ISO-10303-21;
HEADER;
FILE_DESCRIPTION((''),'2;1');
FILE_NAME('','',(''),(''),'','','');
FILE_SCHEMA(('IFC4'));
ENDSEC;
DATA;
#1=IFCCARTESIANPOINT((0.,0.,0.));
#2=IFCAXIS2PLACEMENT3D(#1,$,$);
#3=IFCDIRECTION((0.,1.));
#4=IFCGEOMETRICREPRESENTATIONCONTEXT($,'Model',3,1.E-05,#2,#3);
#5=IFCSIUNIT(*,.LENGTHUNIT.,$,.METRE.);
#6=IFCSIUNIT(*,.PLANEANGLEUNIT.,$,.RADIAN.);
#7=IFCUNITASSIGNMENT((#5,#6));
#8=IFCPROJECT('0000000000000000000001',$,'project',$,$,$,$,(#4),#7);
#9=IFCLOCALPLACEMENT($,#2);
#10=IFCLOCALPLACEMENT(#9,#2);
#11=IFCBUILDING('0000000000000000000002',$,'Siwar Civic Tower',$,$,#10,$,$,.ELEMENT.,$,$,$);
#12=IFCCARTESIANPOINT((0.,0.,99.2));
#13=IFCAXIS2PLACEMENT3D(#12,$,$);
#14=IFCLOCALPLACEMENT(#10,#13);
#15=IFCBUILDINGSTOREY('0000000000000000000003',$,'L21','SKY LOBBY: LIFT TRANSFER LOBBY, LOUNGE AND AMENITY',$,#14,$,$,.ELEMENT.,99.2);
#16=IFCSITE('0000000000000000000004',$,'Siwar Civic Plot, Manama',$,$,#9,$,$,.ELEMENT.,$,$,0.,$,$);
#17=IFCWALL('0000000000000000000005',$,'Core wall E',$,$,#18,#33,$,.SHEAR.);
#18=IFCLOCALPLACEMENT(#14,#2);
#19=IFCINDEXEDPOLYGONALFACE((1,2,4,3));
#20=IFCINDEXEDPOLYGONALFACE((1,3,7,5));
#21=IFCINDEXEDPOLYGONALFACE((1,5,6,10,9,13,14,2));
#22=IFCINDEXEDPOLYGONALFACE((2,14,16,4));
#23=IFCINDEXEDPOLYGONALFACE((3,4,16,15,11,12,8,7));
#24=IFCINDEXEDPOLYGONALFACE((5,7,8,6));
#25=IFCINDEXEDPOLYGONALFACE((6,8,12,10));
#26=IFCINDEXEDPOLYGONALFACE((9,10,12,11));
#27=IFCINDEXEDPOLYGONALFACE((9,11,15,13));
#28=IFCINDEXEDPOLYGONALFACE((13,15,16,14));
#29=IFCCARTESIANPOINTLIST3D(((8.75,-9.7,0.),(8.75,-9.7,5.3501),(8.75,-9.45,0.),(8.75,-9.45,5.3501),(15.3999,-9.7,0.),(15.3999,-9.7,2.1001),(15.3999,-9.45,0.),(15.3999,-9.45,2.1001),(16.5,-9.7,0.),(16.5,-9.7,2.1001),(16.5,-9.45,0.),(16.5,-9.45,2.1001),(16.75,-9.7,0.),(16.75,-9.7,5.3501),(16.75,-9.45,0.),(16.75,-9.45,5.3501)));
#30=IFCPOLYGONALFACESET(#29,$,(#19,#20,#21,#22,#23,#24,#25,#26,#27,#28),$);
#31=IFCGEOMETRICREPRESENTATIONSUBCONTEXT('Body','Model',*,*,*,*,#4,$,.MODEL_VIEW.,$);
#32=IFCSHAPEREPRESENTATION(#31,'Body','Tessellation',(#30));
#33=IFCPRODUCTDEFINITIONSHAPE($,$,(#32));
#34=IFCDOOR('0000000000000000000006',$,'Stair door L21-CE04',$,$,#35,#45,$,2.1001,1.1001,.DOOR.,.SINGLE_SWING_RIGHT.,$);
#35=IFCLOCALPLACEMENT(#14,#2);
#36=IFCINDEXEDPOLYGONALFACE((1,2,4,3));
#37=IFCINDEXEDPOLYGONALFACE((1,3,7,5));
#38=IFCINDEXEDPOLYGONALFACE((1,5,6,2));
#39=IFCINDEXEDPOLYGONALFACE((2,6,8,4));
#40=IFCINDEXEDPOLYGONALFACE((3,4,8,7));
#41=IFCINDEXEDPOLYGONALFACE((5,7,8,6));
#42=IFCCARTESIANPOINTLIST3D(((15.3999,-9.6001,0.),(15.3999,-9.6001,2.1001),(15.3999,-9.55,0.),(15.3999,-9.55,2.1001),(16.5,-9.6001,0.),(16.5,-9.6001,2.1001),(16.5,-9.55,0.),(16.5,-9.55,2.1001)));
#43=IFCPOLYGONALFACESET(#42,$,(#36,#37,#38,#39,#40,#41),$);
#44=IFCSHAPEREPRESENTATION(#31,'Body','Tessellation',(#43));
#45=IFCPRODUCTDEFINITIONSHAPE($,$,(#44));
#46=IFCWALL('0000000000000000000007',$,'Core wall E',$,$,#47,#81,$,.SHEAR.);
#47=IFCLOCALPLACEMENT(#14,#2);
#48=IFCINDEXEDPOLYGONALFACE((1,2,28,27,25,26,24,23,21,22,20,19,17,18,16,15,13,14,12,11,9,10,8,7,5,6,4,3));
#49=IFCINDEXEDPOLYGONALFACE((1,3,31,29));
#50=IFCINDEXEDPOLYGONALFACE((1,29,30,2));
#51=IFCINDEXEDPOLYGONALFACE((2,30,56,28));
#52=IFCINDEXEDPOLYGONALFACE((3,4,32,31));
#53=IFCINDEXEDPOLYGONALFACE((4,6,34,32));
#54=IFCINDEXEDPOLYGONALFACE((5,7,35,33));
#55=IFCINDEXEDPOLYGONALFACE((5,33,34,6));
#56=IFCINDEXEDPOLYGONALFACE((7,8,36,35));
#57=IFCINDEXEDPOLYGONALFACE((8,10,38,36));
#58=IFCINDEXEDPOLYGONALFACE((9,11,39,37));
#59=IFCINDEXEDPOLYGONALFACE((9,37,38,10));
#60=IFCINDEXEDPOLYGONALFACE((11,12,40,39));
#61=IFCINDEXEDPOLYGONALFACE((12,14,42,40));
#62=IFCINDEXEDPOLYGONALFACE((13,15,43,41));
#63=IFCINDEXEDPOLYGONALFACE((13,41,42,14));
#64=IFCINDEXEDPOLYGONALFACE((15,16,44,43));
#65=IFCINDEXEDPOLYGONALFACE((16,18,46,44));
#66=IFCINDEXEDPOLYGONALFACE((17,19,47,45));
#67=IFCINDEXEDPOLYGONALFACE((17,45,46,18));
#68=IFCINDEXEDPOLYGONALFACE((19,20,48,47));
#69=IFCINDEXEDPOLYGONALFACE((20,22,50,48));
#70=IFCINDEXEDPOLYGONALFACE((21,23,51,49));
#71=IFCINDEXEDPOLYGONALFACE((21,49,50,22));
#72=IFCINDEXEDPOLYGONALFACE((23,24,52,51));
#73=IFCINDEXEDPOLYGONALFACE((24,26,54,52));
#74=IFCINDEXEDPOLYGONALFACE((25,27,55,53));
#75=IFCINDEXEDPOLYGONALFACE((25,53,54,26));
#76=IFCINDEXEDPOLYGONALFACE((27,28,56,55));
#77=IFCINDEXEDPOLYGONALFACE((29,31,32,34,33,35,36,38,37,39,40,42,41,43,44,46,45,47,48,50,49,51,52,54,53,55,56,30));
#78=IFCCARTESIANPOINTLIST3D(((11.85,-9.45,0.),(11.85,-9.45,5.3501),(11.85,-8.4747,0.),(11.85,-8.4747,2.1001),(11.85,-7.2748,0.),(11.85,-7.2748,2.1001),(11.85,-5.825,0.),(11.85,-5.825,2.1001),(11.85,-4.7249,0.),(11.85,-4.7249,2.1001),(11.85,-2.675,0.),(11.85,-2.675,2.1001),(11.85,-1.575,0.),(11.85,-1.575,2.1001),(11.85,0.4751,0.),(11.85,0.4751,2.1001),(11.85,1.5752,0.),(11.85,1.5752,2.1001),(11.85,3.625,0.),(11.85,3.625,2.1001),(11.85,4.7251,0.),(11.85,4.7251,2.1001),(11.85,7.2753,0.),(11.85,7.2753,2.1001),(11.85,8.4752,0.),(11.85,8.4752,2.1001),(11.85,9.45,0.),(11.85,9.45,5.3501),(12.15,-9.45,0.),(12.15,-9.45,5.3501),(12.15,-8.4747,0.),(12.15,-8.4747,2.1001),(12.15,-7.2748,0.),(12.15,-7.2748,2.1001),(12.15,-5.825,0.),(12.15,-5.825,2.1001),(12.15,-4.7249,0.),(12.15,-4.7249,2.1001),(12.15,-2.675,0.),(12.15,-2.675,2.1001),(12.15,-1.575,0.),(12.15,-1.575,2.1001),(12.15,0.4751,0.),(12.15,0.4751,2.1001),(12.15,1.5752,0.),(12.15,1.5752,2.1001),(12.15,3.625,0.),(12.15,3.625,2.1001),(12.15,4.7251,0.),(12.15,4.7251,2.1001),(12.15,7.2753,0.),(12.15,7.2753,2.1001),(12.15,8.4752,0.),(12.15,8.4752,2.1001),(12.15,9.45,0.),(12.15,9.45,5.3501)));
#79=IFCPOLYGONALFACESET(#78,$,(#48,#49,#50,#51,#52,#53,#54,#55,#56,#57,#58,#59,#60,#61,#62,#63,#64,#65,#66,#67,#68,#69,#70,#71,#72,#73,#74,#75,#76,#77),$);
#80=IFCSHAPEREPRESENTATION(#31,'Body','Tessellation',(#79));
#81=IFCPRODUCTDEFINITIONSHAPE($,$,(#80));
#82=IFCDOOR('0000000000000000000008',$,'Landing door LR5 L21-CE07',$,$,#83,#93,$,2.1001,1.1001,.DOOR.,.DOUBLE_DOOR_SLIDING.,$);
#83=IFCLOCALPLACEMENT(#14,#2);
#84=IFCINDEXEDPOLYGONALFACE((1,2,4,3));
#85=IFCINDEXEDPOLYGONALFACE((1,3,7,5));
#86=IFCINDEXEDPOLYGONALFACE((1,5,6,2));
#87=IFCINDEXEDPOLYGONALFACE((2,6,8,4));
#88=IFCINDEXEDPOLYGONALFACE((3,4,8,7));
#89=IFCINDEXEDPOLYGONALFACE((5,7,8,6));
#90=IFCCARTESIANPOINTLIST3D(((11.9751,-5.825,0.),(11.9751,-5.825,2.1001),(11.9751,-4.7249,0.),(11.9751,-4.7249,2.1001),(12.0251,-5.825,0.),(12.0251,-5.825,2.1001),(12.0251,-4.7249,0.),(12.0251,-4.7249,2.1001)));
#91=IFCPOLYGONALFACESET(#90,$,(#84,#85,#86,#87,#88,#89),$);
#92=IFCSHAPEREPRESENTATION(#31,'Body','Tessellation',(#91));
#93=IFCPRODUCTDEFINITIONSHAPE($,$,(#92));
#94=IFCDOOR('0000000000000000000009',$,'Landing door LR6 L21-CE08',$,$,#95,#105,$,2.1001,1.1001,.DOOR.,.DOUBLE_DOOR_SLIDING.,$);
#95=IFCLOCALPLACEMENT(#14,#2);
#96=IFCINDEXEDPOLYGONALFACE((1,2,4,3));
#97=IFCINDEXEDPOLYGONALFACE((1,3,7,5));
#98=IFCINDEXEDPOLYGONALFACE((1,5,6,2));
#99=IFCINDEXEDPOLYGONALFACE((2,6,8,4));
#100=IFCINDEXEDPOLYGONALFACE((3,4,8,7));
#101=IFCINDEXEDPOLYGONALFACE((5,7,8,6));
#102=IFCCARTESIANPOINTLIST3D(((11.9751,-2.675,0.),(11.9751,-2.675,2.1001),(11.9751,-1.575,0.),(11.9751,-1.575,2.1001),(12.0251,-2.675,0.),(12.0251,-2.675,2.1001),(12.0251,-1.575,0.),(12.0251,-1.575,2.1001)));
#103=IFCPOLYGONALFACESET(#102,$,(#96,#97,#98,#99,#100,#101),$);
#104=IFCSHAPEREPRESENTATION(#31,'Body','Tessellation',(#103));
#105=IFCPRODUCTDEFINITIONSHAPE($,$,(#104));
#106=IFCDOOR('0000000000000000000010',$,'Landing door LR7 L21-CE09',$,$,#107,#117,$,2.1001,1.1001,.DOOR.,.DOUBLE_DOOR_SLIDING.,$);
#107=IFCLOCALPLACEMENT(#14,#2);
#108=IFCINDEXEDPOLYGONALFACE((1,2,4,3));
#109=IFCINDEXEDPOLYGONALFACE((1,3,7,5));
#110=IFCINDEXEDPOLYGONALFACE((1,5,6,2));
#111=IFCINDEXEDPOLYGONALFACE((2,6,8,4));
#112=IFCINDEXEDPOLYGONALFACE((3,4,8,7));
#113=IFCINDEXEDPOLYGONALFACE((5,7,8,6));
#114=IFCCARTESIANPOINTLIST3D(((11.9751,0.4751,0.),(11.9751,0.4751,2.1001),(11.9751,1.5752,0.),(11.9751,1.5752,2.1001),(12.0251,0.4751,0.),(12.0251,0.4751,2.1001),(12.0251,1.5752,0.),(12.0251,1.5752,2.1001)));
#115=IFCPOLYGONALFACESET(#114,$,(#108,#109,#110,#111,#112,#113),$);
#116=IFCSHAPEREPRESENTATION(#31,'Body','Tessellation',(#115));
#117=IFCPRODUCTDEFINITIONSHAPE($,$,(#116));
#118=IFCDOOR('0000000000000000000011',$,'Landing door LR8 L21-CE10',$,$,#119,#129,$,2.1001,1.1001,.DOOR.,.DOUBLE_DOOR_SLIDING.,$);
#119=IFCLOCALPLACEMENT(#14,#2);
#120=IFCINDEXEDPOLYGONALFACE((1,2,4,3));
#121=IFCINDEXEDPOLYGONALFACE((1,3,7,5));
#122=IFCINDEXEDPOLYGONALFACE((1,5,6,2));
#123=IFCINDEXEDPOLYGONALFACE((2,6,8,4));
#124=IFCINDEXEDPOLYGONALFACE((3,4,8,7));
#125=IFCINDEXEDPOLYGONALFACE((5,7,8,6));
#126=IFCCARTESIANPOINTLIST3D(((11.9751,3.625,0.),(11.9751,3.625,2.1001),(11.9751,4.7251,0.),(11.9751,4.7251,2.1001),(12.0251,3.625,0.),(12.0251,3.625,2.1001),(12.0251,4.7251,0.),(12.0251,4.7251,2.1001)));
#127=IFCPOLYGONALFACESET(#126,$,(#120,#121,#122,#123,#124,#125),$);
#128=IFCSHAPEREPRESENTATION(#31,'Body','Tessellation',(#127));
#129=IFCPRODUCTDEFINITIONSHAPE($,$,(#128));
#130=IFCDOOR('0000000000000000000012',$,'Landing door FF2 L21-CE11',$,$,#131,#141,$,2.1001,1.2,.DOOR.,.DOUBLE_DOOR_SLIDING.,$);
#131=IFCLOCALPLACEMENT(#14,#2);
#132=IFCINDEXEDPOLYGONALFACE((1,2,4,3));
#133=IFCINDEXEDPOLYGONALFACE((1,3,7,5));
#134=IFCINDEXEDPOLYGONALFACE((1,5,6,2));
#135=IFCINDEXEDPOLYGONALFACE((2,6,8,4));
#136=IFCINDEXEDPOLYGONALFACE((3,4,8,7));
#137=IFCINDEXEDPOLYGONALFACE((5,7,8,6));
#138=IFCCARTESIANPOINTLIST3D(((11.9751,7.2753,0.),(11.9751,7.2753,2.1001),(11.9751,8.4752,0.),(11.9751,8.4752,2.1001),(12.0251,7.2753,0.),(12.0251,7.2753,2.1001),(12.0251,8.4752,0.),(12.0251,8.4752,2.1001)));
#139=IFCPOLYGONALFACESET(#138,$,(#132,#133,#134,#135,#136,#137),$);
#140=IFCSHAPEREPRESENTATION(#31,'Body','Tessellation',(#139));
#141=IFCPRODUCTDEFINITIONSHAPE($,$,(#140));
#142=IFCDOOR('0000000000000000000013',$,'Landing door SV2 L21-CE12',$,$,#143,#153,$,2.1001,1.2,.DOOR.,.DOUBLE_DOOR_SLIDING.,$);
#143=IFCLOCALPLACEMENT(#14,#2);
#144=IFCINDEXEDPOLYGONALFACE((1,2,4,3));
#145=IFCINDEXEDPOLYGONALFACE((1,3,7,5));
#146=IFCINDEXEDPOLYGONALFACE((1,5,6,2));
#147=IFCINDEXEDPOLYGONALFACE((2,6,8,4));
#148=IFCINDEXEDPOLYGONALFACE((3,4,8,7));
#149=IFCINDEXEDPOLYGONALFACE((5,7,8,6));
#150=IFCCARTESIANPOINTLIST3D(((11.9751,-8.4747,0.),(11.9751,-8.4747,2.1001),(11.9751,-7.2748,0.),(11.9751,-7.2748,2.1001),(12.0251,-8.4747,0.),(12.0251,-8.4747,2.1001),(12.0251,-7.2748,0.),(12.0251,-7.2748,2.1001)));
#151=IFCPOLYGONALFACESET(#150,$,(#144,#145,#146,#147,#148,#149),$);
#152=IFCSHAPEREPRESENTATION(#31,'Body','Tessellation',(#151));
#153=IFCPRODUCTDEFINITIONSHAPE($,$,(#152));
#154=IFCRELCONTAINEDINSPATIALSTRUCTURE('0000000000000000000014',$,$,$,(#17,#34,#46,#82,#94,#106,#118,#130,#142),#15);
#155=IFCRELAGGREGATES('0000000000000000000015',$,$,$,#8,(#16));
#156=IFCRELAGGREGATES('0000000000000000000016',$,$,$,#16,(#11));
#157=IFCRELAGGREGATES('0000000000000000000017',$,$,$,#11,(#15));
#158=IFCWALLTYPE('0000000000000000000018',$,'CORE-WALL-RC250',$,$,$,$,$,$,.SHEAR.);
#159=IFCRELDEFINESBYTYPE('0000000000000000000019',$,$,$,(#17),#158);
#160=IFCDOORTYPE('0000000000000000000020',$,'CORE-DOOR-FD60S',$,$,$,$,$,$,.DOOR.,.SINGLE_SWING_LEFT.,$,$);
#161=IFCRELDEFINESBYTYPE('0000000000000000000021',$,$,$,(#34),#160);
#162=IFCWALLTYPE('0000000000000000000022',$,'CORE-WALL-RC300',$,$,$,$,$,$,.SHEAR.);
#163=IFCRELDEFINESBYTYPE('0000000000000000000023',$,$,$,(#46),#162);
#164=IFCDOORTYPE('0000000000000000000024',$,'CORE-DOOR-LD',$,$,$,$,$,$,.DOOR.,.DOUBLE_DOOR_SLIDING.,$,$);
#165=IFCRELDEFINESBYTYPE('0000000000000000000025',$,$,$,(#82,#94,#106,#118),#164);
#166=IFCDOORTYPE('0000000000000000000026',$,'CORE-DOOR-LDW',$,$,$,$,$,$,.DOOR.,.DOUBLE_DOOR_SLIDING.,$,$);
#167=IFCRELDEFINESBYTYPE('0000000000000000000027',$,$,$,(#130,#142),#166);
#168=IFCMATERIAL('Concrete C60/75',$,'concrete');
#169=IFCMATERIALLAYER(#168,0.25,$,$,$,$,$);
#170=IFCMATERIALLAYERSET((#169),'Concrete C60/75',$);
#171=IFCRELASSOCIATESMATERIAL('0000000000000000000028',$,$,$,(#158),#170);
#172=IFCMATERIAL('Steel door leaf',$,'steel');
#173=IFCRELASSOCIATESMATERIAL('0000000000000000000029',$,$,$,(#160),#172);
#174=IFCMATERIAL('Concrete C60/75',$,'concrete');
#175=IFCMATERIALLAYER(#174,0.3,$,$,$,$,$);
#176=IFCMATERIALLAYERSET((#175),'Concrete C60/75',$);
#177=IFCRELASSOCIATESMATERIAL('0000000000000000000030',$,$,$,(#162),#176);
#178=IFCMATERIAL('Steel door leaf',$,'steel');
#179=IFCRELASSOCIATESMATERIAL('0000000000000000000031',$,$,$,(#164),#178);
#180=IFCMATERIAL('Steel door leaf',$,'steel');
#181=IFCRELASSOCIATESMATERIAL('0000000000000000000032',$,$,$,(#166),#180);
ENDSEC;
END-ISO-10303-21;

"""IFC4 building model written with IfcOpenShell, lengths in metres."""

from ifc_helpers import new_model, si_unit, direction, frame, frame_2d, origin, place, context, subcontext, project, spatial, rectangle, extrude, material, layer, layer_set, type_object, element, fill, save


model = new_model("IFC4")

# Units and contexts
model_context = context("Model", 3, precision=1e-05, world=origin(), true_north=direction((0.0, 1.0)))
body_context = subcontext(model_context, "Body", "Model", "MODEL_VIEW")
ifc_project = project(units=[si_unit("LENGTHUNIT", "METRE"), si_unit("PLANEANGLEUNIT", "RADIAN")], contexts=[model_context])

# Site, building, storey
site_placement = place(None, origin())
site = spatial("IfcSite", under=ifc_project, at=site_placement, Name="Siwar Civic Plot, Manama", CompositionType="ELEMENT", RefElevation=0.0)
building_placement = place(site_placement, origin())
building = spatial("IfcBuilding", under=site, at=building_placement, Name="Siwar Civic Tower", CompositionType="ELEMENT")
storey_placement = place(building_placement, frame((0.0, 0.0, 99.2)))
storey = spatial("IfcBuildingStorey", under=building, at=storey_placement, Name="L21", Description="SKY LOBBY: LIFT TRANSFER LOBBY, LOUNGE AND AMENITY", CompositionType="ELEMENT", Elevation=99.2)

# Shared definitions
ifc_material_1 = material(Name="Concrete C60/75", Category="concrete")
ifc_layer_1 = layer(ifc_material_1, 0.25)
ifc_layer_set_1 = layer_set([ifc_layer_1], Name="Concrete C60/75")
wall_type_1 = type_object("IfcWallType", Name="CORE-WALL-RC250", PredefinedType="SHEAR", material=ifc_layer_set_1)

# Wall, opening, door
wall_1_placement = place(storey_placement, frame((8.75, -9.575, 0.0), z_axis=(0.0, 0.0, 1.0), x_axis=(1.0, 0.0, 0.0)))
wall_1 = element("IfcWall", 1, at=wall_1_placement, inside=storey, type_object=wall_type_1, Name="Core wall E", PredefinedType="SHEAR", context=body_context, shape_type="SweptSolid", body=[
    extrude(rectangle(XDim=8.0, YDim=0.25, at=frame_2d((4.0, 0.0))), origin(), (0.0, 0.0, 1.0), 5.3501),
])
opening_1_placement = place(wall_1_placement, frame((6.6499, 0.0, 0.0)))
opening_1 = element("IfcOpeningElement", 2, at=opening_1_placement, cuts=wall_1, PredefinedType="OPENING", context=body_context, shape_type="SweptSolid", body=[
    extrude(rectangle(XDim=1.1001, YDim=2.1001, at=frame_2d((0.55, 1.05))), frame((0.0, 0.135, 0.0), z_axis=(0.0, -1.0, 0.0), x_axis=(1.0, 0.0, 0.0)), (0.0, 0.0, 1.0), 0.27),
])
ifc_material_2 = material(Name="Steel door leaf", Category="steel")
door_type_1 = type_object("IfcDoorType", Name="CORE-DOOR-FD60S", OperationType="SINGLE_SWING_LEFT", PredefinedType="DOOR", material=ifc_material_2)
door_1_placement = place(opening_1_placement, origin())
door_1 = element("IfcDoor", 3, at=door_1_placement, inside=storey, type_object=door_type_1, Name="Stair door L21-CE04", OperationType="SINGLE_SWING_RIGHT", OverallHeight=2.1001, OverallWidth=1.1001, PredefinedType="DOOR", context=body_context, shape_type="SweptSolid", body=[
    extrude(rectangle(XDim=1.1001, YDim=2.1001, at=frame_2d((0.55, 1.05))), frame((0.0, 0.0249, 0.0), z_axis=(0.0, -1.0, 0.0), x_axis=(1.0, 0.0, 0.0)), (0.0, 0.0, 1.0), 0.05),
])
fill(opening_1, door_1)

# Wall, openings, doors
ifc_material_3 = material(Name="Concrete C60/75", Category="concrete")
ifc_layer_2 = layer(ifc_material_3, 0.3)
ifc_layer_set_2 = layer_set([ifc_layer_2], Name="Concrete C60/75")
wall_type_2 = type_object("IfcWallType", Name="CORE-WALL-RC300", PredefinedType="SHEAR", material=ifc_layer_set_2)
wall_2_placement = place(storey_placement, frame((12.0, -9.45, 0.0), z_axis=(0.0, 0.0, 1.0), x_axis=(0.0, 1.0, 0.0)))
wall_2 = element("IfcWall", 4, at=wall_2_placement, inside=storey, type_object=wall_type_2, Name="Core wall E", PredefinedType="SHEAR", context=body_context, shape_type="SweptSolid", body=[
    extrude(rectangle(XDim=18.8999, YDim=0.3, at=frame_2d((9.45, 0.0))), origin(), (0.0, 0.0, 1.0), 5.3501),
])
opening_2_placement = place(wall_2_placement, frame((3.625, 0.0, 0.0)))
opening_2 = element("IfcOpeningElement", 5, at=opening_2_placement, cuts=wall_2, PredefinedType="OPENING", context=body_context, shape_type="SweptSolid", body=[
    extrude(rectangle(XDim=1.1001, YDim=2.1001, at=frame_2d((0.55, 1.05))), frame((0.0, 0.1602, 0.0), z_axis=(0.0, -1.0, 0.0), x_axis=(1.0, 0.0, 0.0)), (0.0, 0.0, 1.0), 0.3201),
])
opening_3_placement = place(wall_2_placement, frame((6.7749, 0.0, 0.0)))
opening_3 = element("IfcOpeningElement", 6, at=opening_3_placement, cuts=wall_2, PredefinedType="OPENING", context=body_context, shape_type="SweptSolid", body=[
    extrude(rectangle(XDim=1.1001, YDim=2.1001, at=frame_2d((0.55, 1.05))), frame((0.0, 0.1602, 0.0), z_axis=(0.0, -1.0, 0.0), x_axis=(1.0, 0.0, 0.0)), (0.0, 0.0, 1.0), 0.3201),
])
opening_4_placement = place(wall_2_placement, frame((9.925, 0.0, 0.0)))
opening_4 = element("IfcOpeningElement", 7, at=opening_4_placement, cuts=wall_2, PredefinedType="OPENING", context=body_context, shape_type="SweptSolid", body=[
    extrude(rectangle(XDim=1.1001, YDim=2.1001, at=frame_2d((0.55, 1.05))), frame((0.0, 0.1602, 0.0), z_axis=(0.0, -1.0, 0.0), x_axis=(1.0, 0.0, 0.0)), (0.0, 0.0, 1.0), 0.3201),
])
opening_5_placement = place(wall_2_placement, frame((13.075, 0.0, 0.0)))
opening_5 = element("IfcOpeningElement", 8, at=opening_5_placement, cuts=wall_2, PredefinedType="OPENING", context=body_context, shape_type="SweptSolid", body=[
    extrude(rectangle(XDim=1.1001, YDim=2.1001, at=frame_2d((0.55, 1.05))), frame((0.0, 0.1602, 0.0), z_axis=(0.0, -1.0, 0.0), x_axis=(1.0, 0.0, 0.0)), (0.0, 0.0, 1.0), 0.3201),
])
opening_6_placement = place(wall_2_placement, frame((16.7251, 0.0, 0.0)))
opening_6 = element("IfcOpeningElement", 9, at=opening_6_placement, cuts=wall_2, PredefinedType="OPENING", context=body_context, shape_type="SweptSolid", body=[
    extrude(rectangle(XDim=1.2, YDim=2.1001, at=frame_2d((0.6001, 1.05))), frame((0.0, 0.1602, 0.0), z_axis=(0.0, -1.0, 0.0), x_axis=(1.0, 0.0, 0.0)), (0.0, 0.0, 1.0), 0.3201),
])
opening_7_placement = place(wall_2_placement, frame((0.9751, 0.0, 0.0)))
opening_7 = element("IfcOpeningElement", 10, at=opening_7_placement, cuts=wall_2, PredefinedType="OPENING", context=body_context, shape_type="SweptSolid", body=[
    extrude(rectangle(XDim=1.2, YDim=2.1001, at=frame_2d((0.6001, 1.05))), frame((0.0, 0.1602, 0.0), z_axis=(0.0, -1.0, 0.0), x_axis=(1.0, 0.0, 0.0)), (0.0, 0.0, 1.0), 0.3201),
])
ifc_material_4 = material(Name="Steel door leaf", Category="steel")
door_type_2 = type_object("IfcDoorType", Name="CORE-DOOR-LD", OperationType="DOUBLE_DOOR_SLIDING", PredefinedType="DOOR", material=ifc_material_4)
door_2_placement = place(opening_2_placement, origin())
door_2 = element("IfcDoor", 11, at=door_2_placement, inside=storey, type_object=door_type_2, Name="Landing door LR5 L21-CE07", OperationType="DOUBLE_DOOR_SLIDING", OverallHeight=2.1001, OverallWidth=1.1001, PredefinedType="DOOR", context=body_context, shape_type="SweptSolid", body=[
    extrude(rectangle(XDim=1.1001, YDim=2.1001, at=frame_2d((0.55, 1.05))), frame((0.0, 0.0249, 0.0), z_axis=(0.0, -1.0, 0.0), x_axis=(1.0, 0.0, 0.0)), (0.0, 0.0, 1.0), 0.05),
])
fill(opening_2, door_2)
door_3_placement = place(opening_3_placement, origin())
door_3 = element("IfcDoor", 12, at=door_3_placement, inside=storey, type_object=door_type_2, Name="Landing door LR6 L21-CE08", OperationType="DOUBLE_DOOR_SLIDING", OverallHeight=2.1001, OverallWidth=1.1001, PredefinedType="DOOR", context=body_context, shape_type="SweptSolid", body=[
    extrude(rectangle(XDim=1.1001, YDim=2.1001, at=frame_2d((0.55, 1.05))), frame((0.0, 0.0249, 0.0), z_axis=(0.0, -1.0, 0.0), x_axis=(1.0, 0.0, 0.0)), (0.0, 0.0, 1.0), 0.05),
])
fill(opening_3, door_3)
door_4_placement = place(opening_4_placement, origin())
door_4 = element("IfcDoor", 13, at=door_4_placement, inside=storey, type_object=door_type_2, Name="Landing door LR7 L21-CE09", OperationType="DOUBLE_DOOR_SLIDING", OverallHeight=2.1001, OverallWidth=1.1001, PredefinedType="DOOR", context=body_context, shape_type="SweptSolid", body=[
    extrude(rectangle(XDim=1.1001, YDim=2.1001, at=frame_2d((0.55, 1.05))), frame((0.0, 0.0249, 0.0), z_axis=(0.0, -1.0, 0.0), x_axis=(1.0, 0.0, 0.0)), (0.0, 0.0, 1.0), 0.05),
])
fill(opening_4, door_4)
door_5_placement = place(opening_5_placement, origin())
door_5 = element("IfcDoor", 14, at=door_5_placement, inside=storey, type_object=door_type_2, Name="Landing door LR8 L21-CE10", OperationType="DOUBLE_DOOR_SLIDING", OverallHeight=2.1001, OverallWidth=1.1001, PredefinedType="DOOR", context=body_context, shape_type="SweptSolid", body=[
    extrude(rectangle(XDim=1.1001, YDim=2.1001, at=frame_2d((0.55, 1.05))), frame((0.0, 0.0249, 0.0), z_axis=(0.0, -1.0, 0.0), x_axis=(1.0, 0.0, 0.0)), (0.0, 0.0, 1.0), 0.05),
])
fill(opening_5, door_5)
ifc_material_5 = material(Name="Steel door leaf", Category="steel")
door_type_3 = type_object("IfcDoorType", Name="CORE-DOOR-LDW", OperationType="DOUBLE_DOOR_SLIDING", PredefinedType="DOOR", material=ifc_material_5)
door_6_placement = place(opening_6_placement, origin())
door_6 = element("IfcDoor", 15, at=door_6_placement, inside=storey, type_object=door_type_3, Name="Landing door FF2 L21-CE11", OperationType="DOUBLE_DOOR_SLIDING", OverallHeight=2.1001, OverallWidth=1.2, PredefinedType="DOOR", context=body_context, shape_type="SweptSolid", body=[
    extrude(rectangle(XDim=1.2, YDim=2.1001, at=frame_2d((0.6001, 1.05))), frame((0.0, 0.0249, 0.0), z_axis=(0.0, -1.0, 0.0), x_axis=(1.0, 0.0, 0.0)), (0.0, 0.0, 1.0), 0.05),
])
fill(opening_6, door_6)
door_7_placement = place(opening_7_placement, origin())
door_7 = element("IfcDoor", 16, at=door_7_placement, inside=storey, type_object=door_type_3, Name="Landing door SV2 L21-CE12", OperationType="DOUBLE_DOOR_SLIDING", OverallHeight=2.1001, OverallWidth=1.2, PredefinedType="DOOR", context=body_context, shape_type="SweptSolid", body=[
    extrude(rectangle(XDim=1.2, YDim=2.1001, at=frame_2d((0.6001, 1.05))), frame((0.0, 0.0249, 0.0), z_axis=(0.0, -1.0, 0.0), x_axis=(1.0, 0.0, 0.0)), (0.0, 0.0, 1.0), 0.05),
])
fill(opening_7, door_7)

save(model, "model.ifc")
